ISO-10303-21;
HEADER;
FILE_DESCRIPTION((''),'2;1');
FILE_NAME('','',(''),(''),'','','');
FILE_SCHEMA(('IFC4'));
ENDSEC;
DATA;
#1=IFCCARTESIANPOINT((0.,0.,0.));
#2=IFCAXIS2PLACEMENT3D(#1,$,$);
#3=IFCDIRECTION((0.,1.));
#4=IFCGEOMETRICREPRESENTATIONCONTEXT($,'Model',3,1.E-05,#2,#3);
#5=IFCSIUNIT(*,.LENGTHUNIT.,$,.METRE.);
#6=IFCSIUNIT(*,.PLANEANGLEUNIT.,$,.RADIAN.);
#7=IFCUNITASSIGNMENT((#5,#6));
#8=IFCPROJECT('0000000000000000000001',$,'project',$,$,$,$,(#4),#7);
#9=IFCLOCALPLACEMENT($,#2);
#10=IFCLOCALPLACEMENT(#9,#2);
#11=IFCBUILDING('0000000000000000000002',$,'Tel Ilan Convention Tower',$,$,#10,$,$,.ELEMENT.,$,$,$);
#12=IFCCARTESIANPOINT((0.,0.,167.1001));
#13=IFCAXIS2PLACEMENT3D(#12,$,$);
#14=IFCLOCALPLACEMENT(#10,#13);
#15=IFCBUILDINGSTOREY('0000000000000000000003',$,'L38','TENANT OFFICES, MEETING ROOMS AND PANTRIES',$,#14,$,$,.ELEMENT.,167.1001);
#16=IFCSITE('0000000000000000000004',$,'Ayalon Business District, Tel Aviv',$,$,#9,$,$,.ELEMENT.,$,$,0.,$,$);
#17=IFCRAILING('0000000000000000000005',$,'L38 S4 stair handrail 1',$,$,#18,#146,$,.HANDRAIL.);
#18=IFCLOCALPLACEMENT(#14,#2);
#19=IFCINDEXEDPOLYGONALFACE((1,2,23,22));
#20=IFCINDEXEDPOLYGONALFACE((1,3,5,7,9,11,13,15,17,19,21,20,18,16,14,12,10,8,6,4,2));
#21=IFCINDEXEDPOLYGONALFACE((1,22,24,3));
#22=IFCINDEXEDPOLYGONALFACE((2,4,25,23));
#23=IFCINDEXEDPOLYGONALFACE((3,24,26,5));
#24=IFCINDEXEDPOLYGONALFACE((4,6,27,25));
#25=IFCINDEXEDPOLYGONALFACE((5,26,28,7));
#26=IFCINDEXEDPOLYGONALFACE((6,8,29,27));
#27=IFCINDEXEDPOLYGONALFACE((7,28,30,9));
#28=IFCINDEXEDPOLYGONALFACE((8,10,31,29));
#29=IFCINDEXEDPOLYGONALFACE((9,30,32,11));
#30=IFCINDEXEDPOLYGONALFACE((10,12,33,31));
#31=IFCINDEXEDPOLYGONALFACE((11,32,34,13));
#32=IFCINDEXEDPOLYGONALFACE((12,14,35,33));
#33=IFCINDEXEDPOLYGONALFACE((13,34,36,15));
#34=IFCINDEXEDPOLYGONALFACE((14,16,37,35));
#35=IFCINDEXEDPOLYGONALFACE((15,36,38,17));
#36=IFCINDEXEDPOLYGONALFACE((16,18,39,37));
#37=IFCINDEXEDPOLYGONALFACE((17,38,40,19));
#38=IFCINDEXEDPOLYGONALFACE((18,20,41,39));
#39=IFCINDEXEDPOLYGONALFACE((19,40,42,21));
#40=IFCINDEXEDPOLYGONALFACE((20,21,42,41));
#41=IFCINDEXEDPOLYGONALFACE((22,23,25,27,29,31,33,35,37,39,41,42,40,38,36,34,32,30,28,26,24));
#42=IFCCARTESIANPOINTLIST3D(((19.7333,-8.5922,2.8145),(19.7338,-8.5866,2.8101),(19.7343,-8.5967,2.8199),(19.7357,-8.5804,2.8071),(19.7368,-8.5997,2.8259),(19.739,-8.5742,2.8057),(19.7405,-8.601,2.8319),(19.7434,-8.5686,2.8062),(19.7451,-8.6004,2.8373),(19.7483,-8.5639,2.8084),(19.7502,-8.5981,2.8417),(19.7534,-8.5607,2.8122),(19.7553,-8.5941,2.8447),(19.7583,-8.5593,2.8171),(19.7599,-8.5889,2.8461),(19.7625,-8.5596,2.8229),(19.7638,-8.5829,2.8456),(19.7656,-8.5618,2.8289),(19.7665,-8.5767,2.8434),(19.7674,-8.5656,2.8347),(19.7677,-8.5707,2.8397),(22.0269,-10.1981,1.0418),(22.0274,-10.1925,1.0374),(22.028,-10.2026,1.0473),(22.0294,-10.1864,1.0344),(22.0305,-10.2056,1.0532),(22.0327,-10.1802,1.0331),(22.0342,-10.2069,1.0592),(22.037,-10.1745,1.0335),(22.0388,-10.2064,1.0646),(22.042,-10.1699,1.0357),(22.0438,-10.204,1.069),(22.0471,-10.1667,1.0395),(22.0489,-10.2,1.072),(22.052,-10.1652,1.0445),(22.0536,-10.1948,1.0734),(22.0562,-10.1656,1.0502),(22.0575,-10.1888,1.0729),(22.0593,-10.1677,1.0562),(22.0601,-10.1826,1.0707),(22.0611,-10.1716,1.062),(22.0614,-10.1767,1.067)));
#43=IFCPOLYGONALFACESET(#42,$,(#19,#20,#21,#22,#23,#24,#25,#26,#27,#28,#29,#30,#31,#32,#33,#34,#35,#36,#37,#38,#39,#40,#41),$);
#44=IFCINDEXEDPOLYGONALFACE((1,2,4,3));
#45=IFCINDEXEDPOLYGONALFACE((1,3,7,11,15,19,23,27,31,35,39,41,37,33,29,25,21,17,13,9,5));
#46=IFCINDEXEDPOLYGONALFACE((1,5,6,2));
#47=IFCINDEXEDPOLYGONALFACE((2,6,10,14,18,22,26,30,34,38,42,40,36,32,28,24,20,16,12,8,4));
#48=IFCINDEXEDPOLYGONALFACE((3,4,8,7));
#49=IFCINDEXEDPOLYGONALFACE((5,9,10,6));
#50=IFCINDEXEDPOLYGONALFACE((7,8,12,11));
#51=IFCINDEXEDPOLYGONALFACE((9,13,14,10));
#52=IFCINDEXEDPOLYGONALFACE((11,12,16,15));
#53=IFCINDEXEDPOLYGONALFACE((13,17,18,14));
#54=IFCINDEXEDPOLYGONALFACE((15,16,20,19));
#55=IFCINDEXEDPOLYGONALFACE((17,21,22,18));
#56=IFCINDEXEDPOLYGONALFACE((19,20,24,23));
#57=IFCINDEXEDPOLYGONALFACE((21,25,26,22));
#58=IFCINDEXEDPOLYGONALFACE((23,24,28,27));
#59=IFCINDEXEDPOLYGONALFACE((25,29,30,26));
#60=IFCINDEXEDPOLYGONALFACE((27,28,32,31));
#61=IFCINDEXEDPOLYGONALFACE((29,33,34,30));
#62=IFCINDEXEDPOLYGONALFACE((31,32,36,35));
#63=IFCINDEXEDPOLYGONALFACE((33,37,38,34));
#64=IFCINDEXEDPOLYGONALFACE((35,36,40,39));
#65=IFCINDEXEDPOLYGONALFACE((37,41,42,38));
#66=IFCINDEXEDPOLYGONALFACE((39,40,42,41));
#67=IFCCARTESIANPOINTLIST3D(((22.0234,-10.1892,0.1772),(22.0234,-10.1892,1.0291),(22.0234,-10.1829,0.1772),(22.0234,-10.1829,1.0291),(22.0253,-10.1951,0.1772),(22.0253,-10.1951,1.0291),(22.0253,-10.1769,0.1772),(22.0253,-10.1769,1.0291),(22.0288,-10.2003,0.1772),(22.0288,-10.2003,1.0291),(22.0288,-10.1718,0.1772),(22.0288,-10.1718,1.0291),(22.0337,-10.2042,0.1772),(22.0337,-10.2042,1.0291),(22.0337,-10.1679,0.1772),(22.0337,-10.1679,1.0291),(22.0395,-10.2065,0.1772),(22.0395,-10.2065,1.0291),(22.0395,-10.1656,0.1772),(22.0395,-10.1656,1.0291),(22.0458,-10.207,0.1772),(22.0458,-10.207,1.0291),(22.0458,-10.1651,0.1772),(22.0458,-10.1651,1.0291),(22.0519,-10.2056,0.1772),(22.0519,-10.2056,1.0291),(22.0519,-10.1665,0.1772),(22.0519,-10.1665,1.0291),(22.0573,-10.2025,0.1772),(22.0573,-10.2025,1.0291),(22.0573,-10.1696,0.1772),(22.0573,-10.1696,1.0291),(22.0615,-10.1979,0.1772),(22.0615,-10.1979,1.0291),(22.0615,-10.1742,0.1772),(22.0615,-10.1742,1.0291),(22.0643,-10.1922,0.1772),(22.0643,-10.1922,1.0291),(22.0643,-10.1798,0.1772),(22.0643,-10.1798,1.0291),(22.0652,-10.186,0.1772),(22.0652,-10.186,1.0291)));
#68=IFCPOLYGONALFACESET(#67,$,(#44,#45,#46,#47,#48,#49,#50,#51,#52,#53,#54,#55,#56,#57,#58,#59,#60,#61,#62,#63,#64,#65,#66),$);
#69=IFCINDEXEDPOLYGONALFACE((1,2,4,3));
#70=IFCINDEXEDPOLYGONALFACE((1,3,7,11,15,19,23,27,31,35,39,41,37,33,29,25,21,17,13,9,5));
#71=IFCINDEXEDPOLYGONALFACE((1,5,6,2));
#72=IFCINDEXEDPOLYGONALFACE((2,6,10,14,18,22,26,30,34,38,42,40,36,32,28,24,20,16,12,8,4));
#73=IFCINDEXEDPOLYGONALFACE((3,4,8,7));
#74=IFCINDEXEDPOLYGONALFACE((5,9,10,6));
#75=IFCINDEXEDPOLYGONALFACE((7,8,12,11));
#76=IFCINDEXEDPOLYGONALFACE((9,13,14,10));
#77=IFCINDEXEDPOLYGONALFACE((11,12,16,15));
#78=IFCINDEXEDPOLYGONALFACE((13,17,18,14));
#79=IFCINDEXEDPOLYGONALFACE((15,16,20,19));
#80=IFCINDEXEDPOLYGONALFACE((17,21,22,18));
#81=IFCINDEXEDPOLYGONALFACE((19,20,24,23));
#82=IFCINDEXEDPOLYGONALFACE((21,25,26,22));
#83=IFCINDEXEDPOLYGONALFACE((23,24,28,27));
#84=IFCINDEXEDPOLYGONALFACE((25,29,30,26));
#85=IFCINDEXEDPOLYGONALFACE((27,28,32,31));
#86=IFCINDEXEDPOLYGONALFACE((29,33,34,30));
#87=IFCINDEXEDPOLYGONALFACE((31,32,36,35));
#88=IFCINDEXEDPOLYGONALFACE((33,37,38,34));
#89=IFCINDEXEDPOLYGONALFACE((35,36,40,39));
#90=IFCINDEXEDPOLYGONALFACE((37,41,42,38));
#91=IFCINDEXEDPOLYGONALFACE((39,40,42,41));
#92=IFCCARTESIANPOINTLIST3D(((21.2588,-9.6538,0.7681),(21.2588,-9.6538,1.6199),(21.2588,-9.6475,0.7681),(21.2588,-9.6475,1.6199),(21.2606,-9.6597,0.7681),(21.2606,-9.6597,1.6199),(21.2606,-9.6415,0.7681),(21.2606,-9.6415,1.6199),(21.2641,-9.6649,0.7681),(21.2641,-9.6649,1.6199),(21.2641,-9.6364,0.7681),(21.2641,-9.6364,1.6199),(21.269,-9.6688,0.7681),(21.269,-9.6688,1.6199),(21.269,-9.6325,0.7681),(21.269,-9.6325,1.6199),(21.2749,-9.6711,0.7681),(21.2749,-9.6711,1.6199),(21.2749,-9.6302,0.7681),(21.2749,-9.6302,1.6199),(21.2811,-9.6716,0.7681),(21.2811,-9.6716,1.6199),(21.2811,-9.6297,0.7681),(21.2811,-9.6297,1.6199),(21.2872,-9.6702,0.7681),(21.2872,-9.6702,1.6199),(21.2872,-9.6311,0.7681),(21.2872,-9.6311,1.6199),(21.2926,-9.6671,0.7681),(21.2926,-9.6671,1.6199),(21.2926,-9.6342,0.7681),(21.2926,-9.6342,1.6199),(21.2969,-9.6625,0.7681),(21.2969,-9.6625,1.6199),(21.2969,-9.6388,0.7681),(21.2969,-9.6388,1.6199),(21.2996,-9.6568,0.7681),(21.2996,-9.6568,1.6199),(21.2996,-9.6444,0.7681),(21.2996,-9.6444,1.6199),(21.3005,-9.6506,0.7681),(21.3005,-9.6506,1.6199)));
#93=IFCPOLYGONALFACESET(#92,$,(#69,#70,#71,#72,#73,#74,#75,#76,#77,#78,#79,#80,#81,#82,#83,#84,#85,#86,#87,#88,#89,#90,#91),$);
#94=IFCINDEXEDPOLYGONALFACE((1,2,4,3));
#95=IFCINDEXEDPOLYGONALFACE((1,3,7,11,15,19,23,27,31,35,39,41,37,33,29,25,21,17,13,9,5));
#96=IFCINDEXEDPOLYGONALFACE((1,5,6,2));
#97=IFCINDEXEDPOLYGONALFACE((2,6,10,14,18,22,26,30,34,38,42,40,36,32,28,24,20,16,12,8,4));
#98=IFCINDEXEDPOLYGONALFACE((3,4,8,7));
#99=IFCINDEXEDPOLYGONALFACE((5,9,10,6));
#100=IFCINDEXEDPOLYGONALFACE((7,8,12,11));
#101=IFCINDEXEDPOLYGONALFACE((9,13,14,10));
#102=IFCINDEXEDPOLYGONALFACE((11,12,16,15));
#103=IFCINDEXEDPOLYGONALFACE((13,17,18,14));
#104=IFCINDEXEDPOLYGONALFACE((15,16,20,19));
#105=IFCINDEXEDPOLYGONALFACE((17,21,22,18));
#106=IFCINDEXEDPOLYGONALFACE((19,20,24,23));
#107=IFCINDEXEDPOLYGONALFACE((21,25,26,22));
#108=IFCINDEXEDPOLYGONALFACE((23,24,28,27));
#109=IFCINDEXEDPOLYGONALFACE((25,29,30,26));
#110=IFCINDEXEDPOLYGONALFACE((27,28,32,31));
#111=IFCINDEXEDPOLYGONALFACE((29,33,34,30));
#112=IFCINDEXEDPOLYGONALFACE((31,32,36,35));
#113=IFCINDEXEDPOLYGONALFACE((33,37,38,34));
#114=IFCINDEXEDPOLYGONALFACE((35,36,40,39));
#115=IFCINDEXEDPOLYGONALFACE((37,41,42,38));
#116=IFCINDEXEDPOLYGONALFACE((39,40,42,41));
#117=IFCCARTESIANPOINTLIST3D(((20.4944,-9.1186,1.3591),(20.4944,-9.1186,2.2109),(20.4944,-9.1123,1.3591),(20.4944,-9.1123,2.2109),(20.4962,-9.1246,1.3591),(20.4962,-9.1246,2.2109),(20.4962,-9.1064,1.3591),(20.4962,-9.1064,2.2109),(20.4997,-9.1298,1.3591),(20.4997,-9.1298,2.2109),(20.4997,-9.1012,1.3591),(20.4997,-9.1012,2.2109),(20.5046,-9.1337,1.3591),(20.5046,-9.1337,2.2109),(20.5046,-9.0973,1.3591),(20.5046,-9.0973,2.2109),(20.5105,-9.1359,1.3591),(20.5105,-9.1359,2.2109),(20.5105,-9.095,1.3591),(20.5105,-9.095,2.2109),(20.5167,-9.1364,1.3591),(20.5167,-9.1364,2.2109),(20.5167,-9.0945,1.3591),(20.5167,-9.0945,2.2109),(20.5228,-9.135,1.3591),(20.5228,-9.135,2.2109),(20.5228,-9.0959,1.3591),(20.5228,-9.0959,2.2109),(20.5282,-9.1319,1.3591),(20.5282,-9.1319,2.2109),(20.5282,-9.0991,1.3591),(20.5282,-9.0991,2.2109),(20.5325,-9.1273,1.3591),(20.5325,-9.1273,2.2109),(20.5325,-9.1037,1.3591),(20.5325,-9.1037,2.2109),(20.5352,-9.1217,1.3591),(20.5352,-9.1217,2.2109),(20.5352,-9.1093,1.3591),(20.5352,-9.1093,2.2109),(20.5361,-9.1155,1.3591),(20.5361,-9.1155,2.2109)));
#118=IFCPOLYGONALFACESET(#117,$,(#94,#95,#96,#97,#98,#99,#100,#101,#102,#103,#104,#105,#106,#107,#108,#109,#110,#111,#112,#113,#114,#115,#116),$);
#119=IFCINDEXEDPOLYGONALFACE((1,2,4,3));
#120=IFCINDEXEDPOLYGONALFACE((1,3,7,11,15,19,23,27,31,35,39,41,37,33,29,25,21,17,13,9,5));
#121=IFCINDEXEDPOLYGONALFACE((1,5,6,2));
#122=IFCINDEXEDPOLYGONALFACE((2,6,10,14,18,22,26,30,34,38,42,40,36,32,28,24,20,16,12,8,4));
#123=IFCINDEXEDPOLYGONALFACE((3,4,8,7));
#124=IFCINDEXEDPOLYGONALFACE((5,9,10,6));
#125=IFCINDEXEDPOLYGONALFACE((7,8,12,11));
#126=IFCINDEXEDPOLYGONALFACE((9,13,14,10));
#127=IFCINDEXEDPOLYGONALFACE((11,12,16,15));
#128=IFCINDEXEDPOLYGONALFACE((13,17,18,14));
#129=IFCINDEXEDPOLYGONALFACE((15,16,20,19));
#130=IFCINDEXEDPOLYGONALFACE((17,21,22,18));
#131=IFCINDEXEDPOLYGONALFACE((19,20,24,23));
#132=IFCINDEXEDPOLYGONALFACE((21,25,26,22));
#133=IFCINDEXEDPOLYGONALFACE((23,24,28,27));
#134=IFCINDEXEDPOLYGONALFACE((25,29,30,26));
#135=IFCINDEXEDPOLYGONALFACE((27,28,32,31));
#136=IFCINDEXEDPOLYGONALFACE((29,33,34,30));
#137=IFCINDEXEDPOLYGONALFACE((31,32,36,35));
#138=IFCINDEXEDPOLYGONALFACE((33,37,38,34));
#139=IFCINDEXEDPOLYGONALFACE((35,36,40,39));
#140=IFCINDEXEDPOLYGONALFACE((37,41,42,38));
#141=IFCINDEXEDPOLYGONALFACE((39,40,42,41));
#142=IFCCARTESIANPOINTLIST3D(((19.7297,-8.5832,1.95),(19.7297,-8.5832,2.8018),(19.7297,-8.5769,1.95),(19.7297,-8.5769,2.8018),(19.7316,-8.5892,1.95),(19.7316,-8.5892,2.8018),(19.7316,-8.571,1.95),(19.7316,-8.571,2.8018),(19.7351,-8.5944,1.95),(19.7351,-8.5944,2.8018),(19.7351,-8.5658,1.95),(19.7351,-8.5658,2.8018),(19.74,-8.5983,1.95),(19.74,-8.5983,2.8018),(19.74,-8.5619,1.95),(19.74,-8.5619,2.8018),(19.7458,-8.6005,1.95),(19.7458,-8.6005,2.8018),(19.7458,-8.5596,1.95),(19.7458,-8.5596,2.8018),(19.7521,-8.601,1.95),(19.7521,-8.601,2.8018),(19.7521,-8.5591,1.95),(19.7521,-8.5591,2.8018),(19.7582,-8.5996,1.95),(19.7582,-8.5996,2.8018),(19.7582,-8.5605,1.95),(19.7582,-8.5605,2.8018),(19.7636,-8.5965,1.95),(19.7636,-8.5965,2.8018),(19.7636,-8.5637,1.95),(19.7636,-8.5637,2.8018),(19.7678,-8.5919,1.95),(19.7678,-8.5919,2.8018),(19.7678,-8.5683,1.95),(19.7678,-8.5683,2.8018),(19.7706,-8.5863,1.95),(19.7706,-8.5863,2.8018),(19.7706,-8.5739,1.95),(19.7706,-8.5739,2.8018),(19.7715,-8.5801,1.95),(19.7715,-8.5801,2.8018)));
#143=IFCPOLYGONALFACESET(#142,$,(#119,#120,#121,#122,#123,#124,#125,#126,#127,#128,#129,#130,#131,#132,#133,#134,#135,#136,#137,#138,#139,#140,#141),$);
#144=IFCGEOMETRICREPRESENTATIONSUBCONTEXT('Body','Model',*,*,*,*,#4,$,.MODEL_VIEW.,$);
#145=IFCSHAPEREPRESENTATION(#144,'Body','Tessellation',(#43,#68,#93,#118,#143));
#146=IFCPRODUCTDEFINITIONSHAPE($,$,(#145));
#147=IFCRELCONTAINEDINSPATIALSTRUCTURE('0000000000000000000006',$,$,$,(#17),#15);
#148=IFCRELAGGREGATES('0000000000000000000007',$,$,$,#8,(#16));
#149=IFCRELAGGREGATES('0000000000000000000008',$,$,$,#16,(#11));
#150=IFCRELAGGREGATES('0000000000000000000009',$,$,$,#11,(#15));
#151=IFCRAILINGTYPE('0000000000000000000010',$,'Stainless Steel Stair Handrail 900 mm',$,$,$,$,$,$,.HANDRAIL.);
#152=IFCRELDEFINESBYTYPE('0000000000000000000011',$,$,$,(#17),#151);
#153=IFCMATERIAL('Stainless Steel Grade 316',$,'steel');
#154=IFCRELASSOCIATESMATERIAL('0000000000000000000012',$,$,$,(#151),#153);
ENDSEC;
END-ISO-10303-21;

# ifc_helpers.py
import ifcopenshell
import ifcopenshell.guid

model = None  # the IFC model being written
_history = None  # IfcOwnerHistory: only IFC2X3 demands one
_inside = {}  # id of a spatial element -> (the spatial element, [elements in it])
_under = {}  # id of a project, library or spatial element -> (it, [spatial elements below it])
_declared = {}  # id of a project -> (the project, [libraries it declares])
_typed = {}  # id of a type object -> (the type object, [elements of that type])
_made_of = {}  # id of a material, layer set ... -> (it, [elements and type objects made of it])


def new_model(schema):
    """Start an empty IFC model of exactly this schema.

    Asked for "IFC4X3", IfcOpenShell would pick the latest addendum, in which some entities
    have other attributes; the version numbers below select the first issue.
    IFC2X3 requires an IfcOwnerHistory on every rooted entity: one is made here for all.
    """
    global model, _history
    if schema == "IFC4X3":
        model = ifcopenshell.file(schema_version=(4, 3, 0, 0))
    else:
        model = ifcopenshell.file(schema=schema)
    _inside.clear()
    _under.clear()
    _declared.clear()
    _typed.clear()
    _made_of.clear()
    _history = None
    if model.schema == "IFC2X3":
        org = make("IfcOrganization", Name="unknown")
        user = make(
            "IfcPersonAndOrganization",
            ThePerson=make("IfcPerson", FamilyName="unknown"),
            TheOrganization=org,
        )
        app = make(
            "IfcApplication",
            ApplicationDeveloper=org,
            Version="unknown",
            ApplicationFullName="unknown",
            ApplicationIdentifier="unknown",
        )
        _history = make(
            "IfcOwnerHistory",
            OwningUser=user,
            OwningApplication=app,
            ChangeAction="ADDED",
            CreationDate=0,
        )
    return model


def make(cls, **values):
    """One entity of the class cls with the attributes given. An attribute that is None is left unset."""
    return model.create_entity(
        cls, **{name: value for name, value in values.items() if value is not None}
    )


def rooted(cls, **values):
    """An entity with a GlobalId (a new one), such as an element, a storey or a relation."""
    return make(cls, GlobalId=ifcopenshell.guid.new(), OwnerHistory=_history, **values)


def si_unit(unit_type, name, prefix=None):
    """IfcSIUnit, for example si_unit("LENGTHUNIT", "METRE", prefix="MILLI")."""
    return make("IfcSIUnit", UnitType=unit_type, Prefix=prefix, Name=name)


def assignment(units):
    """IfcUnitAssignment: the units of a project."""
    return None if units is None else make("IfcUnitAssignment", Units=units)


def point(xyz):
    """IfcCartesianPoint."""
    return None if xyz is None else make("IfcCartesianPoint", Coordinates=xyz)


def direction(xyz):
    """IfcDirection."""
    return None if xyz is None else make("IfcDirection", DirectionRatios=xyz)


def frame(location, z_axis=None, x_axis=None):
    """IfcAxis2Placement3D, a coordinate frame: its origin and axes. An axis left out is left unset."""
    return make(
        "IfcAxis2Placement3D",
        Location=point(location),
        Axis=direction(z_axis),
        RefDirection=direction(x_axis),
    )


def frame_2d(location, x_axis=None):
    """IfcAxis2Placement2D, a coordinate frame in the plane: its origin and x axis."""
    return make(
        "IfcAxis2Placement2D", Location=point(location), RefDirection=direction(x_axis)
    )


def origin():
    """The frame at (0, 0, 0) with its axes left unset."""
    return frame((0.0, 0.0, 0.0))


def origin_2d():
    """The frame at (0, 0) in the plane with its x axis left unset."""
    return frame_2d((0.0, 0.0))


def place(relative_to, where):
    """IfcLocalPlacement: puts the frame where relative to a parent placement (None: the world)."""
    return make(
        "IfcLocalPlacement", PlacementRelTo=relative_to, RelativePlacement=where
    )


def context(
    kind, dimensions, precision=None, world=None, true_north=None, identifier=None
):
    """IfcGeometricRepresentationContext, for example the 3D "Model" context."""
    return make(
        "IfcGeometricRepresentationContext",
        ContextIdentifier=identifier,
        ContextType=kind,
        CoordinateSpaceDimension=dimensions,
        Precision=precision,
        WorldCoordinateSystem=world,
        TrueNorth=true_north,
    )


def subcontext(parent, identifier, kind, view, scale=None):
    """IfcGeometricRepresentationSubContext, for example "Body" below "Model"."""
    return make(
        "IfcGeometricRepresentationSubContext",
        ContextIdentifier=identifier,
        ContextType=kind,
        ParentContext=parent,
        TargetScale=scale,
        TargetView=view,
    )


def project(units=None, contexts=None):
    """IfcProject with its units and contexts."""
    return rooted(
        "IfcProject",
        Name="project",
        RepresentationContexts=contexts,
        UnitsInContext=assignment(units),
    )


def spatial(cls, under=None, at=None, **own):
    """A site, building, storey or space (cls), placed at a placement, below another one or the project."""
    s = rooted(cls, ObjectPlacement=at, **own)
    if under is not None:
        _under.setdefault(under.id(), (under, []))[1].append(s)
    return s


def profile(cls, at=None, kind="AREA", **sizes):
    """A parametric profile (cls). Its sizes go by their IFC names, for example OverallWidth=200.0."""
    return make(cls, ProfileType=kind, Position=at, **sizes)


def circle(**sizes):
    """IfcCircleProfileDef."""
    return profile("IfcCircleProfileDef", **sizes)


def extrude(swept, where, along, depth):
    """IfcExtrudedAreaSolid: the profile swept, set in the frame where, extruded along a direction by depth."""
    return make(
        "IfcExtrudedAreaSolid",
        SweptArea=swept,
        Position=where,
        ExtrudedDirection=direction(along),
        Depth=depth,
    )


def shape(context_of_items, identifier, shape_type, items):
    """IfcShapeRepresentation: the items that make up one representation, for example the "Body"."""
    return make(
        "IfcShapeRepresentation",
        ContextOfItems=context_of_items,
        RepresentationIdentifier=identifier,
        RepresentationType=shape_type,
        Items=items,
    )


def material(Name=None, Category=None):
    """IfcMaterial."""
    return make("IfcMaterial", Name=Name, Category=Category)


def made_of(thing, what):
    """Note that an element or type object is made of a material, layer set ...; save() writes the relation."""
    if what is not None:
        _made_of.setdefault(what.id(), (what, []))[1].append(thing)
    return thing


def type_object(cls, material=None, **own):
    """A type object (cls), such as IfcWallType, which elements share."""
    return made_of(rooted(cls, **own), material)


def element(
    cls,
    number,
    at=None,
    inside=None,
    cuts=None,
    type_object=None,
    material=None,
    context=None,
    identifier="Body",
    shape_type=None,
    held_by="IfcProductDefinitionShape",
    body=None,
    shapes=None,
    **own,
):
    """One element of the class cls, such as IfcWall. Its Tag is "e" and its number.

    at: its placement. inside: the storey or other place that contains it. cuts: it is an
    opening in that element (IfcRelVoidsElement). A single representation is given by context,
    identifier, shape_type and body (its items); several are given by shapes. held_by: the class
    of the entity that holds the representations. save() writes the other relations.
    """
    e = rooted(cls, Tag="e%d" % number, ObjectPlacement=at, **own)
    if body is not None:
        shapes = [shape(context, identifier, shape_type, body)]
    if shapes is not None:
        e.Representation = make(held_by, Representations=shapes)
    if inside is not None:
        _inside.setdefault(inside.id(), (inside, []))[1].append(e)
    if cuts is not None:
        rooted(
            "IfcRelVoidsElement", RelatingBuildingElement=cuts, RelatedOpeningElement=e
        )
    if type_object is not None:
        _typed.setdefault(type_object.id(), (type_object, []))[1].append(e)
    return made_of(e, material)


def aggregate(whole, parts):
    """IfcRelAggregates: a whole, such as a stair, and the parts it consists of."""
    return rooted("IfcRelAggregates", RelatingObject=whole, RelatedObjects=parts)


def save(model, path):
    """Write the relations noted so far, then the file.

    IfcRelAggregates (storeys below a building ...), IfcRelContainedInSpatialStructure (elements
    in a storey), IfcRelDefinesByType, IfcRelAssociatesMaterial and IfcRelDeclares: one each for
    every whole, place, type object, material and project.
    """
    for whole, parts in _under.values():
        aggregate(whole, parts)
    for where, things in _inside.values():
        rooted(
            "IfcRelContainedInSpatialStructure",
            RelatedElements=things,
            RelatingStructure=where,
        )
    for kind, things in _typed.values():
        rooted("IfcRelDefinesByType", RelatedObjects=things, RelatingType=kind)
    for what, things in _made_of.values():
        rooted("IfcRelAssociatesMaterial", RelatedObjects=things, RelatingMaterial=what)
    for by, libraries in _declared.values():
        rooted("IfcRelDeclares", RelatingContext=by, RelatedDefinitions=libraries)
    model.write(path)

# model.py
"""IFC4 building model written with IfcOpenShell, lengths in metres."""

from ifc_helpers import new_model, si_unit, direction, frame, origin, origin_2d, place, context, subcontext, project, spatial, circle, extrude, material, type_object, element, save


model = new_model("IFC4")

# Units and contexts
model_context = context("Model", 3, precision=1e-05, world=origin(), true_north=direction((0.0, 1.0)))
body_context = subcontext(model_context, "Body", "Model", "MODEL_VIEW")
ifc_project = project(units=[si_unit("LENGTHUNIT", "METRE"), si_unit("PLANEANGLEUNIT", "RADIAN")], contexts=[model_context])

# Site, building, storey
site_placement = place(None, origin())
site = spatial("IfcSite", under=ifc_project, at=site_placement, Name="Ayalon Business District, Tel Aviv", CompositionType="ELEMENT", RefElevation=0.0)
building_placement = place(site_placement, origin())
building = spatial("IfcBuilding", under=site, at=building_placement, Name="Tel Ilan Convention Tower", CompositionType="ELEMENT")
storey_placement = place(building_placement, frame((0.0, 0.0, 167.1001)))
storey = spatial("IfcBuildingStorey", under=building, at=storey_placement, Name="L38", Description="TENANT OFFICES, MEETING ROOMS AND PANTRIES", CompositionType="ELEMENT", Elevation=167.1001)

# Railing
ifc_material_1 = material(Name="Stainless Steel Grade 316", Category="steel")
railing_type_1 = type_object("IfcRailingType", Name="Stainless Steel Stair Handrail 900 mm", PredefinedType="HANDRAIL", material=ifc_material_1)
railing_1_placement = place(storey_placement, frame((22.0442, -10.186, 0.1772)))
element("IfcRailing", 1, at=railing_1_placement, inside=storey, type_object=railing_type_1, Name="L38 S4 stair handrail 1", PredefinedType="HANDRAIL", context=body_context, shape_type="SweptSolid", body=[
    extrude(circle(Radius=0.0239, at=origin_2d()), frame((0.0, 0.0, 0.876), z_axis=(-0.692123, 0.484597, 0.534913), x_axis=(-0.57355, -0.81917, 0.0)), (0.0, 0.0, 1.0), 3.314),
    extrude(circle(Radius=0.021, at=origin_2d()), origin(), (0.0, 0.0, 1.0), 0.8518),
    extrude(circle(Radius=0.021, at=origin_2d()), frame((-0.7646, 0.5354, 0.5908)), (0.0, 0.0, 1.0), 0.8518),
    extrude(circle(Radius=0.021, at=origin_2d()), frame((-1.5291, 1.0706, 1.1819)), (0.0, 0.0, 1.0), 0.8518),
    extrude(circle(Radius=0.021, at=origin_2d()), frame((-2.2937, 1.606, 1.7727)), (0.0, 0.0, 1.0), 0.8518),
])

save(model, "model.ifc")
